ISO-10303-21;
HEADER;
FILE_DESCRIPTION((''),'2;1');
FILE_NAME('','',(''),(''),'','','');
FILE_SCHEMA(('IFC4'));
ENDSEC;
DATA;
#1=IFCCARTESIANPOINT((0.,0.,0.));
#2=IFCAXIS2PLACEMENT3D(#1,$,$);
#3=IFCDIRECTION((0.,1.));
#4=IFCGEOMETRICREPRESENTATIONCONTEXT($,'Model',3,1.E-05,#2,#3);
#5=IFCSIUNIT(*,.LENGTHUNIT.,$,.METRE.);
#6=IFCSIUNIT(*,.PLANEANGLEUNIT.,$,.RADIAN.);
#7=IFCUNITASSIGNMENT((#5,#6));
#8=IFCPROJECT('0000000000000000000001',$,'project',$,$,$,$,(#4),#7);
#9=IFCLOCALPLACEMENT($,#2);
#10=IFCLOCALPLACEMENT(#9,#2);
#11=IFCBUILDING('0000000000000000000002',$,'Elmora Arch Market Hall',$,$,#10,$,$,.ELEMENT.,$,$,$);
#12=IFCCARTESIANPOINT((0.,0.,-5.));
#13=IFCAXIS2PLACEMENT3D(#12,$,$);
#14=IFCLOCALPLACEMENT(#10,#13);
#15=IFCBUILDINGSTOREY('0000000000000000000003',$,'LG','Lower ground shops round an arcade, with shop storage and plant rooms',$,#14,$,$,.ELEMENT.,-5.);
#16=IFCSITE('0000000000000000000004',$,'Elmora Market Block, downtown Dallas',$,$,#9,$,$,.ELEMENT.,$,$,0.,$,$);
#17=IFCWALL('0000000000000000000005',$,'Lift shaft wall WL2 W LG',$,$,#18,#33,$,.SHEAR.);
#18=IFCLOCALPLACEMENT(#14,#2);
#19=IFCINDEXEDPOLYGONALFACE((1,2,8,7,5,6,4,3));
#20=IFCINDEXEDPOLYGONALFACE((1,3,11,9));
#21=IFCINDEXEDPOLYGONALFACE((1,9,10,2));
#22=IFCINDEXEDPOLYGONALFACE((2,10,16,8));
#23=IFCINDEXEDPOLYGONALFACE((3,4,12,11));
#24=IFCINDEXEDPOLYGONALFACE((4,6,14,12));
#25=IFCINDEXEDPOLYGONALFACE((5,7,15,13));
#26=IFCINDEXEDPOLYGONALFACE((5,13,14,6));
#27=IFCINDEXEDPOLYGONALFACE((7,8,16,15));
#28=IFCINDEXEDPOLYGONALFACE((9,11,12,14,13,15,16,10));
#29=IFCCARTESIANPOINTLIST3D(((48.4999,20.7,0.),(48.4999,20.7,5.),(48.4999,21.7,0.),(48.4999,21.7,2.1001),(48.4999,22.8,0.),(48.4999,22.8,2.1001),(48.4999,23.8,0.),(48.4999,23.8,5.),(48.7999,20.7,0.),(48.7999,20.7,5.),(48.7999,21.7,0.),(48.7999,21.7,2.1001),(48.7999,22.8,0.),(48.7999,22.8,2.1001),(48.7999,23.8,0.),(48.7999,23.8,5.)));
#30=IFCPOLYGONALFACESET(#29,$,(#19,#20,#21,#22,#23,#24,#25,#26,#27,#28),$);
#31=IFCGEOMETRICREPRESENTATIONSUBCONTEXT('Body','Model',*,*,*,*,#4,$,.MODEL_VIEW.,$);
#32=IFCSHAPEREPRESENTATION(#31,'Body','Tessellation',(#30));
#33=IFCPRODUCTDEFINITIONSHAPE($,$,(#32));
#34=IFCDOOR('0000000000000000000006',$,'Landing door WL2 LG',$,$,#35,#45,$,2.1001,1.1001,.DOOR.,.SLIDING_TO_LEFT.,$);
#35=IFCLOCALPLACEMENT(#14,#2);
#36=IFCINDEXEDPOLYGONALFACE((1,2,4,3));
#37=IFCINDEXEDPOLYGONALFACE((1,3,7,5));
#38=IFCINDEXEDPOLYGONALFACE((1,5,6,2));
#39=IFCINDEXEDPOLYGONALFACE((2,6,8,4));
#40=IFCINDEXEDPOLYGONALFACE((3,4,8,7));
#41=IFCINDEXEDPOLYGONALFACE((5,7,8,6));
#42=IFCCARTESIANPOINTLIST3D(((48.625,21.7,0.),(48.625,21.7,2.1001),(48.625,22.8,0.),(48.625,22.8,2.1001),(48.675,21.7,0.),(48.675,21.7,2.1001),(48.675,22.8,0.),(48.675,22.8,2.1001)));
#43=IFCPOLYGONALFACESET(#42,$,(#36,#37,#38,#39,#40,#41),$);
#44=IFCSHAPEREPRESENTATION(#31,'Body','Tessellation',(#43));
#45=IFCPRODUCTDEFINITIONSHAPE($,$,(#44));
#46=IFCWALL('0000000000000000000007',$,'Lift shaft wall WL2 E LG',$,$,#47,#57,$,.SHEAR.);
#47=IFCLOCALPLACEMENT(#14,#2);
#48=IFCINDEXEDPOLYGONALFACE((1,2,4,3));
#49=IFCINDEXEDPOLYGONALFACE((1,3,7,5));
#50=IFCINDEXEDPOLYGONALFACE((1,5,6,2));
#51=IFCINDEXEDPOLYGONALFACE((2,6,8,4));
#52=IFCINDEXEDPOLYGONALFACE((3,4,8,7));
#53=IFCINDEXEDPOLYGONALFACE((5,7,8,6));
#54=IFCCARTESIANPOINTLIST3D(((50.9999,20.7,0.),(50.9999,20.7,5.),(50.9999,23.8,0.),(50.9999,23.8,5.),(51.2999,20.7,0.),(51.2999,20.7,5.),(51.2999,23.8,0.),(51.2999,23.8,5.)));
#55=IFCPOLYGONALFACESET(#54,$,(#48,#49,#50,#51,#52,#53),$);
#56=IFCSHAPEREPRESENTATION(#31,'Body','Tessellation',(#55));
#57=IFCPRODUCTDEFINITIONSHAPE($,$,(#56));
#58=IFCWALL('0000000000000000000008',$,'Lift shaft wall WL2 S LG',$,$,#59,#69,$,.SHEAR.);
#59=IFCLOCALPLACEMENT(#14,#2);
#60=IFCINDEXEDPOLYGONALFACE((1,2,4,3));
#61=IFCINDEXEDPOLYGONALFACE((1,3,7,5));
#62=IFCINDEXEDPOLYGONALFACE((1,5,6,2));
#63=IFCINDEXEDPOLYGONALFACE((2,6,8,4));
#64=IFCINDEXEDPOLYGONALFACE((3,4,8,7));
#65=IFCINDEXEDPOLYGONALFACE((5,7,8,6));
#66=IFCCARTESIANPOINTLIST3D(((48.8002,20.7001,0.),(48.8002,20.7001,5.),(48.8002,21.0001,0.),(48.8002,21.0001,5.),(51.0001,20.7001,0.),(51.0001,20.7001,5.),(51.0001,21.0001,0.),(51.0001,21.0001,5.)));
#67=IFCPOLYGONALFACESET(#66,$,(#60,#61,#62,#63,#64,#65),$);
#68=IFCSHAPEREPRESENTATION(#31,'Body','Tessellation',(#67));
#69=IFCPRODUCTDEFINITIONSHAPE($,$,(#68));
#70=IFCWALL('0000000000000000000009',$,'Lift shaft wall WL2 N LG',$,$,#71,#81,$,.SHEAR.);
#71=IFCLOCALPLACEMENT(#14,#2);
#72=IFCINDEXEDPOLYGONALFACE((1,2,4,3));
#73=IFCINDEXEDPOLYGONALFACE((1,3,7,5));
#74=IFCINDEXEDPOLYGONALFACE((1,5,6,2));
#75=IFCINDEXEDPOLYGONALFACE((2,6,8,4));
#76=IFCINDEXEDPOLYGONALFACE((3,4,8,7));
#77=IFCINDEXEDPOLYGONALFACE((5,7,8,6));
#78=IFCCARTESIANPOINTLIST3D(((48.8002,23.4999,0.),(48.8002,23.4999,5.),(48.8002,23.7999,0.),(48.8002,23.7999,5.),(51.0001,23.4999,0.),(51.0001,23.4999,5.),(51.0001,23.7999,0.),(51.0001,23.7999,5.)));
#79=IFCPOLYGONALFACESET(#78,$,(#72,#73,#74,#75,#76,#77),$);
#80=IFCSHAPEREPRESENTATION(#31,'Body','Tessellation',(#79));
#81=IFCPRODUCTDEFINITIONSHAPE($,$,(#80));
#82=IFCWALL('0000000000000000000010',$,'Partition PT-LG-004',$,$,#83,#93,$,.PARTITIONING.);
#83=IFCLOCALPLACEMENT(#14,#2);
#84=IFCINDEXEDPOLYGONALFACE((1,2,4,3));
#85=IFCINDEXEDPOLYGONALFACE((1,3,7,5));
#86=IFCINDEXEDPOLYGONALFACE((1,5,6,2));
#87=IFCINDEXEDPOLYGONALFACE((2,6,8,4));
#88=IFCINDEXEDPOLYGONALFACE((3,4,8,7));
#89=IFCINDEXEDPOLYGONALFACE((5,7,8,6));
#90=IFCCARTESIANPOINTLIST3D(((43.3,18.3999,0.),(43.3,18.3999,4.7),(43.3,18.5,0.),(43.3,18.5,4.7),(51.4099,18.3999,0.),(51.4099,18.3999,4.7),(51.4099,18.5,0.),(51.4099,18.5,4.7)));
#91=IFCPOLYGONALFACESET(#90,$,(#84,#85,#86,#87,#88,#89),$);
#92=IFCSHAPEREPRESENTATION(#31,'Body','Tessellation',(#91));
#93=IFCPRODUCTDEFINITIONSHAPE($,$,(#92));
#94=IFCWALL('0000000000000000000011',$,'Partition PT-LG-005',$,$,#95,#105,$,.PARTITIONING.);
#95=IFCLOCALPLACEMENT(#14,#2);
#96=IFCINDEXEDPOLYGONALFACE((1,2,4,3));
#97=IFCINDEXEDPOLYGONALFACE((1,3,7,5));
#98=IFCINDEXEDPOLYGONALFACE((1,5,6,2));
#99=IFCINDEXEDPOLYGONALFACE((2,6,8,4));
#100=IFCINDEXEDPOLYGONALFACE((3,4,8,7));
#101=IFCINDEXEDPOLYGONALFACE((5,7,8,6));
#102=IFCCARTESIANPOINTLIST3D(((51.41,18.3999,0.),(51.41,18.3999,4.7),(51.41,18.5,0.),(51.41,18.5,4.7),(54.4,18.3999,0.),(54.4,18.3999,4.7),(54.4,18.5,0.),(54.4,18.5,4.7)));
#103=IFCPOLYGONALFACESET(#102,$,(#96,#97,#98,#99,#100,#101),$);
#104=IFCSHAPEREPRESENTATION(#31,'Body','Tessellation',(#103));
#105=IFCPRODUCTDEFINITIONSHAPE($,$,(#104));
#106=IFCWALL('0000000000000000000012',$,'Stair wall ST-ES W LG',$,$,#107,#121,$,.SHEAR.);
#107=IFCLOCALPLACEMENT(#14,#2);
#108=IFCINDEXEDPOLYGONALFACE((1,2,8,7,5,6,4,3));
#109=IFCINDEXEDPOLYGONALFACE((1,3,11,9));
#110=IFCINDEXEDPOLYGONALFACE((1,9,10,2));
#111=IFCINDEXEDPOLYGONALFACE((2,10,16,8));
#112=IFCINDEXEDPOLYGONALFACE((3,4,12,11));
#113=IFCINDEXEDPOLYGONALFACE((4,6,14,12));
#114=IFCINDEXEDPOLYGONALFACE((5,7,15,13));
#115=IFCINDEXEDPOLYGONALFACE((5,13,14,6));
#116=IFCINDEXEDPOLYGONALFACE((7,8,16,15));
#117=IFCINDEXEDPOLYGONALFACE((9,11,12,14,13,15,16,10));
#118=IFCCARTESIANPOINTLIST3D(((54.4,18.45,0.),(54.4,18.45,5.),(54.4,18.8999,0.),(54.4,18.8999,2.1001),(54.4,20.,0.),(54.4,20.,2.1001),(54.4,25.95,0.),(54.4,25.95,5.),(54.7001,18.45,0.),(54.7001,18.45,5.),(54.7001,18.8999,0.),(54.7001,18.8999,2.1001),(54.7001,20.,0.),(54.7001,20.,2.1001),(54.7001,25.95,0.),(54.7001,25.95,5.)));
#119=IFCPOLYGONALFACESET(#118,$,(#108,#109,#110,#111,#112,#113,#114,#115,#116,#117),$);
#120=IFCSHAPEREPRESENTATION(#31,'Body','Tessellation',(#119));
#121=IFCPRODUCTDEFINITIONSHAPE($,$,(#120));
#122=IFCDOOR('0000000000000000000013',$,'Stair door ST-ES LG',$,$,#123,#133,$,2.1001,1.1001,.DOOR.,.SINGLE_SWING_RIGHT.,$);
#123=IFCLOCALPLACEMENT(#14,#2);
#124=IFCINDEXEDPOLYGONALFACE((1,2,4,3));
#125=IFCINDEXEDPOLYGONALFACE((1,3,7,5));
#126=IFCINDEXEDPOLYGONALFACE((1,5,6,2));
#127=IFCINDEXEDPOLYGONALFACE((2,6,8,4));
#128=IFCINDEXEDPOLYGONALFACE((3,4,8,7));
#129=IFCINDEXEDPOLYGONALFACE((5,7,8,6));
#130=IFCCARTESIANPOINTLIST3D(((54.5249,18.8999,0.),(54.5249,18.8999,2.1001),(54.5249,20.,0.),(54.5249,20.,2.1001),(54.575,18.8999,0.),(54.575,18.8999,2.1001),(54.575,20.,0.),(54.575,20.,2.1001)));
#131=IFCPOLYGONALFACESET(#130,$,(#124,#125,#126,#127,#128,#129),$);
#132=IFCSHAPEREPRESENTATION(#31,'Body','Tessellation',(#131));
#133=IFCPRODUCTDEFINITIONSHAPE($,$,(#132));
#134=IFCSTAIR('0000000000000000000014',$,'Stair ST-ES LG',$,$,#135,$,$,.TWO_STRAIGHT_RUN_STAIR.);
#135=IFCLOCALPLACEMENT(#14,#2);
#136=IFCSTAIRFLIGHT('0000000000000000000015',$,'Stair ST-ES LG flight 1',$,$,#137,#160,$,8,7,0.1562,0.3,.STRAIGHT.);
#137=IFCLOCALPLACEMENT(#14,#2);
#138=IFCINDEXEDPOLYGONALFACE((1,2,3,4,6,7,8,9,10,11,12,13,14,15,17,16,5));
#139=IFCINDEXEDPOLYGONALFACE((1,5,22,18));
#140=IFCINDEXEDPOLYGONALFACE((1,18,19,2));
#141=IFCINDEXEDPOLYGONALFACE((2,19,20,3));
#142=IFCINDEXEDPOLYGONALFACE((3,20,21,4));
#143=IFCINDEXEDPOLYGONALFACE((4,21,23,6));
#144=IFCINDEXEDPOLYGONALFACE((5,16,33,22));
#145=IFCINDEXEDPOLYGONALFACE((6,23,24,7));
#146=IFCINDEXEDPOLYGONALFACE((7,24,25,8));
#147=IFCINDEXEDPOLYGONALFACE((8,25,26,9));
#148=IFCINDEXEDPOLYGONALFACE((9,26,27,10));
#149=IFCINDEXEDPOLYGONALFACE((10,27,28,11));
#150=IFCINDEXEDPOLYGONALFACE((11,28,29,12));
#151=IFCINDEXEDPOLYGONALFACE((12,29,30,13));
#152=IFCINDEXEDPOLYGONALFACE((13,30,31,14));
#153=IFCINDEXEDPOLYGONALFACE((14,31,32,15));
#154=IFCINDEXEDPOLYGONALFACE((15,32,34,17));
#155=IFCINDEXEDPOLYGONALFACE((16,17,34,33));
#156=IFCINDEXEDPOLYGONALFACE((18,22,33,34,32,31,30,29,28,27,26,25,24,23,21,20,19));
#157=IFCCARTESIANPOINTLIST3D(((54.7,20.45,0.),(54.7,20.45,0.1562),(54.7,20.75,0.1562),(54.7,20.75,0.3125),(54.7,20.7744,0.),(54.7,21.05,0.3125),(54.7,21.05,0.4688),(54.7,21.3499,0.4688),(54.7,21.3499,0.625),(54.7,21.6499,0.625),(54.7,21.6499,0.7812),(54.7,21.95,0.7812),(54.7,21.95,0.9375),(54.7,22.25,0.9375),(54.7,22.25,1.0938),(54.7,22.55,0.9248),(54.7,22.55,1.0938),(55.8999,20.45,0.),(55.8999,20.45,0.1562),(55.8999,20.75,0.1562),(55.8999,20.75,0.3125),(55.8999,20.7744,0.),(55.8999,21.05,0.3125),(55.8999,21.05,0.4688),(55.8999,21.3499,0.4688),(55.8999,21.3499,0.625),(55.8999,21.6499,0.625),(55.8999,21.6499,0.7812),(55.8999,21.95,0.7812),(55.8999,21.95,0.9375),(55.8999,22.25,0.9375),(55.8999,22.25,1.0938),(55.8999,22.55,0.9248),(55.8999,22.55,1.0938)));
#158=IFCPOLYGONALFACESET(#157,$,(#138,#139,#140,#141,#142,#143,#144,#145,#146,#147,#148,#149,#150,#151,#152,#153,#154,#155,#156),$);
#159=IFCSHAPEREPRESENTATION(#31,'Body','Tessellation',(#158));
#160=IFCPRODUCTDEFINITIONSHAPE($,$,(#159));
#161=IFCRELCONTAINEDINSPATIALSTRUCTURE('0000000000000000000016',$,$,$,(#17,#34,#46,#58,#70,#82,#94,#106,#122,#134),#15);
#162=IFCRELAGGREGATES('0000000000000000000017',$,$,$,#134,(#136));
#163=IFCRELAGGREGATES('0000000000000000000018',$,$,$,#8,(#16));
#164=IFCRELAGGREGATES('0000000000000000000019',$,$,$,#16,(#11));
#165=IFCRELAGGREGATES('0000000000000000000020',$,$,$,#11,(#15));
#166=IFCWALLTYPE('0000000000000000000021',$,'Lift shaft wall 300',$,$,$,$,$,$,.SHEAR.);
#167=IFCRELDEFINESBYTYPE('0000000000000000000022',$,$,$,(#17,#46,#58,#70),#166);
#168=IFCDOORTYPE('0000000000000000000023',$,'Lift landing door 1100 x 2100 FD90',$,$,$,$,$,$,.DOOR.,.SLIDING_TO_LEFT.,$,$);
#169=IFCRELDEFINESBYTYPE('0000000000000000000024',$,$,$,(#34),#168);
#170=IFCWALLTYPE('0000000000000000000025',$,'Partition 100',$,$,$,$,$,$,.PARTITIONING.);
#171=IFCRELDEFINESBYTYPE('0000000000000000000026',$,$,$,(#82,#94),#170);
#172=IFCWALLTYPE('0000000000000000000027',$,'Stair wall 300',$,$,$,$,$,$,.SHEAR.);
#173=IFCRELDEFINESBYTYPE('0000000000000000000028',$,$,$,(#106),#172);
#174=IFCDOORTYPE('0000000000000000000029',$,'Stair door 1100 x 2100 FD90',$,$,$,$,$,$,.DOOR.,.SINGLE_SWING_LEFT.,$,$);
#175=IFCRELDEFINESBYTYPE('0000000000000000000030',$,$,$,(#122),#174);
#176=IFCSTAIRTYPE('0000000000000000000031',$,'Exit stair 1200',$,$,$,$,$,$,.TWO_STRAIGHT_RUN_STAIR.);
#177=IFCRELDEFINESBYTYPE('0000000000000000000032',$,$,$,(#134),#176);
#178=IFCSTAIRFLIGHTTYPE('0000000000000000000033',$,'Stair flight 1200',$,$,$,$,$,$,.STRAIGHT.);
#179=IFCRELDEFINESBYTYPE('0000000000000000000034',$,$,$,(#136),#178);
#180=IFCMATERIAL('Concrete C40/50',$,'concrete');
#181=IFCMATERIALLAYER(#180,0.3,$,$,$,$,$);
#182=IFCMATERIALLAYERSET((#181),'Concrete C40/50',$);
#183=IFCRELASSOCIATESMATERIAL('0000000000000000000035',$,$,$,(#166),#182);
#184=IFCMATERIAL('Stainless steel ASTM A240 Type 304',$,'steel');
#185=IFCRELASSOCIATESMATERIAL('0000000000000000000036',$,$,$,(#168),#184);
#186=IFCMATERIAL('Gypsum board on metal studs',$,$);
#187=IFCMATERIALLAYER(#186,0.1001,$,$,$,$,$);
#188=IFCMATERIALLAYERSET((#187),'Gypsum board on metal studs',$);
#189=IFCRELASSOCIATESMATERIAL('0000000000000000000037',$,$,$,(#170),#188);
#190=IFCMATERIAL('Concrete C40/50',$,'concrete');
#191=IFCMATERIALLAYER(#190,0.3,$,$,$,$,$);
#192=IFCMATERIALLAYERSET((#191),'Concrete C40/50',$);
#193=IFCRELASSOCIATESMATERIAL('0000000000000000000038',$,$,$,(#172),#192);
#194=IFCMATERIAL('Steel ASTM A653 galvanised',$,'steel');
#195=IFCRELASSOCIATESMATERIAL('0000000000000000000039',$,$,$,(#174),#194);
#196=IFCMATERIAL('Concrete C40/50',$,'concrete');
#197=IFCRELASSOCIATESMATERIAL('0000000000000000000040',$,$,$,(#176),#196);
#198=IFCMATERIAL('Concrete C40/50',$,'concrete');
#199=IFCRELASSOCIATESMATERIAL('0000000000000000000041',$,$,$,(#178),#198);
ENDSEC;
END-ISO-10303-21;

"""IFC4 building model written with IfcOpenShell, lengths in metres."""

from ifc_helpers import new_model, si_unit, direction, frame, frame_2d, origin, place, context, subcontext, project, spatial, polyline, rectangle, outline, extrude, material, layer, layer_set, type_object, element, fill, aggregate, save


model = new_model("IFC4")

# Units and contexts
model_context = context("Model", 3, precision=1e-05, world=origin(), true_north=direction((0.0, 1.0)))
body_context = subcontext(model_context, "Body", "Model", "MODEL_VIEW")
ifc_project = project(units=[si_unit("LENGTHUNIT", "METRE"), si_unit("PLANEANGLEUNIT", "RADIAN")], contexts=[model_context])

# Site, building, storey
site_placement = place(None, origin())
site = spatial("IfcSite", under=ifc_project, at=site_placement, Name="Elmora Market Block, downtown Dallas", CompositionType="ELEMENT", RefElevation=0.0)
building_placement = place(site_placement, origin())
building = spatial("IfcBuilding", under=site, at=building_placement, Name="Elmora Arch Market Hall", CompositionType="ELEMENT")
storey_placement = place(building_placement, frame((0.0, 0.0, -5.0)))
storey = spatial("IfcBuildingStorey", under=building, at=storey_placement, Name="LG", Description="Lower ground shops round an arcade, with shop storage and plant rooms", CompositionType="ELEMENT", Elevation=-5.0)

# Wall, opening, door
ifc_material_1 = material(Name="Concrete C40/50", Category="concrete")
ifc_layer_1 = layer(ifc_material_1, 0.3)
ifc_layer_set_1 = layer_set([ifc_layer_1], Name="Concrete C40/50")
wall_type_1 = type_object("IfcWallType", Name="Lift shaft wall 300", PredefinedType="SHEAR", material=ifc_layer_set_1)
wall_1_placement = place(storey_placement, frame((48.6499, 20.7, 0.0), z_axis=(0.0, 0.0, 1.0), x_axis=(0.0, 1.0, 0.0)))
wall_1 = element("IfcWall", 1, at=wall_1_placement, inside=storey, type_object=wall_type_1, Name="Lift shaft wall WL2 W LG", PredefinedType="SHEAR", context=body_context, shape_type="SweptSolid", body=[
    extrude(rectangle(XDim=3.1001, YDim=0.3, at=frame_2d((1.55, 0.0))), origin(), (0.0, 0.0, 1.0), 5.0),
])
opening_1_placement = place(wall_1_placement, frame((1.0, 0.0, 0.0)))
opening_1 = element("IfcOpeningElement", 2, at=opening_1_placement, cuts=wall_1, PredefinedType="OPENING", context=body_context, shape_type="SweptSolid", body=[
    extrude(rectangle(XDim=1.1001, YDim=2.1001, at=frame_2d((0.55, 1.05))), frame((0.0, 0.1599, 0.0), z_axis=(0.0, -1.0, 0.0), x_axis=(1.0, 0.0, 0.0)), (0.0, 0.0, 1.0), 0.3201),
])
ifc_material_2 = material(Name="Stainless steel ASTM A240 Type 304", Category="steel")
door_type_1 = type_object("IfcDoorType", Name="Lift landing door 1100 x 2100 FD90", OperationType="SLIDING_TO_LEFT", PredefinedType="DOOR", material=ifc_material_2)
door_1_placement = place(opening_1_placement, origin())
door_1 = element("IfcDoor", 3, at=door_1_placement, inside=storey, type_object=door_type_1, Name="Landing door WL2 LG", OperationType="SLIDING_TO_LEFT", OverallHeight=2.1001, OverallWidth=1.1001, PredefinedType="DOOR", context=body_context, shape_type="SweptSolid", body=[
    extrude(rectangle(XDim=1.1001, YDim=2.1001, at=frame_2d((0.55, 1.05))), frame((0.0, 0.0249, 0.0), z_axis=(0.0, -1.0, 0.0), x_axis=(1.0, 0.0, 0.0)), (0.0, 0.0, 1.0), 0.05),
])
fill(opening_1, door_1)

# Walls
wall_2_placement = place(storey_placement, frame((51.1499, 20.7, 0.0), z_axis=(0.0, 0.0, 1.0), x_axis=(0.0, 1.0, 0.0)))
element("IfcWall", 4, at=wall_2_placement, inside=storey, type_object=wall_type_1, Name="Lift shaft wall WL2 E LG", PredefinedType="SHEAR", context=body_context, shape_type="SweptSolid", body=[
    extrude(rectangle(XDim=3.1001, YDim=0.3, at=frame_2d((1.55, 0.0))), origin(), (0.0, 0.0, 1.0), 5.0),
])
for number, where, z_axis, x_axis, name in (
    (5, (48.8, 20.8501, 0.0), (0.0, 0.0, 1.0), (1.0, 0.0, 0.0), "Lift shaft wall WL2 S LG"),
    (6, (48.8, 23.6499, 0.0), (0.0, 0.0, 1.0), (1.0, 0.0, 0.0), "Lift shaft wall WL2 N LG"),
):
    element("IfcWall", number, at=place(storey_placement, frame(where, z_axis=z_axis, x_axis=x_axis)), inside=storey, type_object=wall_type_1, Name=name, PredefinedType="SHEAR", context=body_context, shape_type="SweptSolid", body=[
        extrude(rectangle(XDim=2.2, YDim=0.3, at=frame_2d((1.1001, 0.0))), origin(), (0.0, 0.0, 1.0), 5.0),
    ])
ifc_material_3 = material(Name="Gypsum board on metal studs")
ifc_layer_2 = layer(ifc_material_3, 0.1001)
ifc_layer_set_2 = layer_set([ifc_layer_2], Name="Gypsum board on metal studs")
wall_type_2 = type_object("IfcWallType", Name="Partition 100", PredefinedType="PARTITIONING", material=ifc_layer_set_2)
wall_3_placement = place(storey_placement, frame((43.3, 18.45, 0.0), z_axis=(0.0, 0.0, 1.0), x_axis=(1.0, 0.0, 0.0)))
element("IfcWall", 7, at=wall_3_placement, inside=storey, type_object=wall_type_2, Name="Partition PT-LG-004", PredefinedType="PARTITIONING", context=body_context, shape_type="SweptSolid", body=[
    extrude(rectangle(XDim=8.1099, YDim=0.1001, at=frame_2d((4.0549, 0.0))), origin(), (0.0, 0.0, 1.0), 4.7),
])
wall_4_placement = place(storey_placement, frame((51.4099, 18.45, 0.0), z_axis=(0.0, 0.0, 1.0), x_axis=(1.0, 0.0, 0.0)))
element("IfcWall", 8, at=wall_4_placement, inside=storey, type_object=wall_type_2, Name="Partition PT-LG-005", PredefinedType="PARTITIONING", context=body_context, shape_type="SweptSolid", body=[
    extrude(rectangle(XDim=2.99, YDim=0.1001, at=frame_2d((1.4951, 0.0))), origin(), (0.0, 0.0, 1.0), 4.7),
])

# Wall, opening, door
ifc_material_4 = material(Name="Concrete C40/50", Category="concrete")
ifc_layer_3 = layer(ifc_material_4, 0.3)
ifc_layer_set_3 = layer_set([ifc_layer_3], Name="Concrete C40/50")
wall_type_3 = type_object("IfcWallType", Name="Stair wall 300", PredefinedType="SHEAR", material=ifc_layer_set_3)
wall_5_placement = place(storey_placement, frame((54.55, 18.45, 0.0), z_axis=(0.0, 0.0, 1.0), x_axis=(0.0, 1.0, 0.0)))
wall_5 = element("IfcWall", 9, at=wall_5_placement, inside=storey, type_object=wall_type_3, Name="Stair wall ST-ES W LG", PredefinedType="SHEAR", context=body_context, shape_type="SweptSolid", body=[
    extrude(rectangle(XDim=7.5, YDim=0.3, at=frame_2d((3.75, 0.0))), origin(), (0.0, 0.0, 1.0), 5.0),
])
opening_2_placement = place(wall_5_placement, frame((0.45, 0.0, 0.0)))
opening_2 = element("IfcOpeningElement", 10, at=opening_2_placement, cuts=wall_5, PredefinedType="OPENING", context=body_context, shape_type="SweptSolid", body=[
    extrude(rectangle(XDim=1.1001, YDim=2.1001, at=frame_2d((0.55, 1.05))), frame((0.0, 0.1599, 0.0), z_axis=(0.0, -1.0, 0.0), x_axis=(1.0, 0.0, 0.0)), (0.0, 0.0, 1.0), 0.3201),
])
ifc_material_5 = material(Name="Steel ASTM A653 galvanised", Category="steel")
door_type_2 = type_object("IfcDoorType", Name="Stair door 1100 x 2100 FD90", OperationType="SINGLE_SWING_LEFT", PredefinedType="DOOR", material=ifc_material_5)
door_2_placement = place(opening_2_placement, frame((1.1001, 0.0, 0.0), z_axis=(0.0, 0.0, 1.0), x_axis=(-1.0, 0.0, 0.0)))
door_2 = element("IfcDoor", 11, at=door_2_placement, inside=storey, type_object=door_type_2, Name="Stair door ST-ES LG", OperationType="SINGLE_SWING_RIGHT", OverallHeight=2.1001, OverallWidth=1.1001, PredefinedType="DOOR", context=body_context, shape_type="SweptSolid", body=[
    extrude(rectangle(XDim=1.1001, YDim=2.1001, at=frame_2d((0.55, 1.05))), frame((0.0, 0.0249, 0.0), z_axis=(0.0, -1.0, 0.0), x_axis=(1.0, 0.0, 0.0)), (0.0, 0.0, 1.0), 0.05),
])
fill(opening_2, door_2)

# Stair, stair flight
ifc_material_6 = material(Name="Concrete C40/50", Category="concrete")
stair_type = type_object("IfcStairType", Name="Exit stair 1200", PredefinedType="TWO_STRAIGHT_RUN_STAIR", material=ifc_material_6)
stair_placement = place(storey_placement, origin())
stair = element("IfcStair", 12, at=stair_placement, inside=storey, type_object=stair_type, Name="Stair ST-ES LG", PredefinedType="TWO_STRAIGHT_RUN_STAIR")
ifc_material_7 = material(Name="Concrete C40/50", Category="concrete")
stair_flight_type = type_object("IfcStairFlightType", Name="Stair flight 1200", PredefinedType="STRAIGHT", material=ifc_material_7)
stair_flight_1_placement = place(storey_placement, frame((55.3, 20.45, 0.0), z_axis=(0.0, 0.0, 1.0), x_axis=(0.0, 1.0, 0.0)))
stair_flight_1 = element("IfcStairFlight", 13, at=stair_flight_1_placement, type_object=stair_flight_type, Name="Stair ST-ES LG flight 1", NumberOfRisers=8, NumberOfTreads=7, PredefinedType="STRAIGHT", RiserHeight=0.1562, TreadLength=0.3, context=body_context, shape_type="SweptSolid", body=[
    extrude(outline(polyline([(0.0, 0.0), (0.0, 0.1562), (0.3, 0.1562), (0.3, 0.3125), (0.6001, 0.3125), (0.6001, 0.4688), (0.8999, 0.4688), (0.8999, 0.625), (1.2, 0.625), (1.2, 0.7812), (1.5, 0.7812), (1.5, 0.9375), (1.8, 0.9375), (1.8, 1.0938), (2.1001, 1.0938), (2.1001, 1.25), (2.1001, 0.9248), (0.3245, 0.0), (0.0, 0.0)])), frame((0.0, 0.6001, 0.0), z_axis=(0.0, -1.0, 0.0), x_axis=(1.0, 0.0, 0.0)), (0.0, 0.0, 1.0), 1.2),
])
aggregate(stair, [stair_flight_1])

save(model, "model.ifc")
